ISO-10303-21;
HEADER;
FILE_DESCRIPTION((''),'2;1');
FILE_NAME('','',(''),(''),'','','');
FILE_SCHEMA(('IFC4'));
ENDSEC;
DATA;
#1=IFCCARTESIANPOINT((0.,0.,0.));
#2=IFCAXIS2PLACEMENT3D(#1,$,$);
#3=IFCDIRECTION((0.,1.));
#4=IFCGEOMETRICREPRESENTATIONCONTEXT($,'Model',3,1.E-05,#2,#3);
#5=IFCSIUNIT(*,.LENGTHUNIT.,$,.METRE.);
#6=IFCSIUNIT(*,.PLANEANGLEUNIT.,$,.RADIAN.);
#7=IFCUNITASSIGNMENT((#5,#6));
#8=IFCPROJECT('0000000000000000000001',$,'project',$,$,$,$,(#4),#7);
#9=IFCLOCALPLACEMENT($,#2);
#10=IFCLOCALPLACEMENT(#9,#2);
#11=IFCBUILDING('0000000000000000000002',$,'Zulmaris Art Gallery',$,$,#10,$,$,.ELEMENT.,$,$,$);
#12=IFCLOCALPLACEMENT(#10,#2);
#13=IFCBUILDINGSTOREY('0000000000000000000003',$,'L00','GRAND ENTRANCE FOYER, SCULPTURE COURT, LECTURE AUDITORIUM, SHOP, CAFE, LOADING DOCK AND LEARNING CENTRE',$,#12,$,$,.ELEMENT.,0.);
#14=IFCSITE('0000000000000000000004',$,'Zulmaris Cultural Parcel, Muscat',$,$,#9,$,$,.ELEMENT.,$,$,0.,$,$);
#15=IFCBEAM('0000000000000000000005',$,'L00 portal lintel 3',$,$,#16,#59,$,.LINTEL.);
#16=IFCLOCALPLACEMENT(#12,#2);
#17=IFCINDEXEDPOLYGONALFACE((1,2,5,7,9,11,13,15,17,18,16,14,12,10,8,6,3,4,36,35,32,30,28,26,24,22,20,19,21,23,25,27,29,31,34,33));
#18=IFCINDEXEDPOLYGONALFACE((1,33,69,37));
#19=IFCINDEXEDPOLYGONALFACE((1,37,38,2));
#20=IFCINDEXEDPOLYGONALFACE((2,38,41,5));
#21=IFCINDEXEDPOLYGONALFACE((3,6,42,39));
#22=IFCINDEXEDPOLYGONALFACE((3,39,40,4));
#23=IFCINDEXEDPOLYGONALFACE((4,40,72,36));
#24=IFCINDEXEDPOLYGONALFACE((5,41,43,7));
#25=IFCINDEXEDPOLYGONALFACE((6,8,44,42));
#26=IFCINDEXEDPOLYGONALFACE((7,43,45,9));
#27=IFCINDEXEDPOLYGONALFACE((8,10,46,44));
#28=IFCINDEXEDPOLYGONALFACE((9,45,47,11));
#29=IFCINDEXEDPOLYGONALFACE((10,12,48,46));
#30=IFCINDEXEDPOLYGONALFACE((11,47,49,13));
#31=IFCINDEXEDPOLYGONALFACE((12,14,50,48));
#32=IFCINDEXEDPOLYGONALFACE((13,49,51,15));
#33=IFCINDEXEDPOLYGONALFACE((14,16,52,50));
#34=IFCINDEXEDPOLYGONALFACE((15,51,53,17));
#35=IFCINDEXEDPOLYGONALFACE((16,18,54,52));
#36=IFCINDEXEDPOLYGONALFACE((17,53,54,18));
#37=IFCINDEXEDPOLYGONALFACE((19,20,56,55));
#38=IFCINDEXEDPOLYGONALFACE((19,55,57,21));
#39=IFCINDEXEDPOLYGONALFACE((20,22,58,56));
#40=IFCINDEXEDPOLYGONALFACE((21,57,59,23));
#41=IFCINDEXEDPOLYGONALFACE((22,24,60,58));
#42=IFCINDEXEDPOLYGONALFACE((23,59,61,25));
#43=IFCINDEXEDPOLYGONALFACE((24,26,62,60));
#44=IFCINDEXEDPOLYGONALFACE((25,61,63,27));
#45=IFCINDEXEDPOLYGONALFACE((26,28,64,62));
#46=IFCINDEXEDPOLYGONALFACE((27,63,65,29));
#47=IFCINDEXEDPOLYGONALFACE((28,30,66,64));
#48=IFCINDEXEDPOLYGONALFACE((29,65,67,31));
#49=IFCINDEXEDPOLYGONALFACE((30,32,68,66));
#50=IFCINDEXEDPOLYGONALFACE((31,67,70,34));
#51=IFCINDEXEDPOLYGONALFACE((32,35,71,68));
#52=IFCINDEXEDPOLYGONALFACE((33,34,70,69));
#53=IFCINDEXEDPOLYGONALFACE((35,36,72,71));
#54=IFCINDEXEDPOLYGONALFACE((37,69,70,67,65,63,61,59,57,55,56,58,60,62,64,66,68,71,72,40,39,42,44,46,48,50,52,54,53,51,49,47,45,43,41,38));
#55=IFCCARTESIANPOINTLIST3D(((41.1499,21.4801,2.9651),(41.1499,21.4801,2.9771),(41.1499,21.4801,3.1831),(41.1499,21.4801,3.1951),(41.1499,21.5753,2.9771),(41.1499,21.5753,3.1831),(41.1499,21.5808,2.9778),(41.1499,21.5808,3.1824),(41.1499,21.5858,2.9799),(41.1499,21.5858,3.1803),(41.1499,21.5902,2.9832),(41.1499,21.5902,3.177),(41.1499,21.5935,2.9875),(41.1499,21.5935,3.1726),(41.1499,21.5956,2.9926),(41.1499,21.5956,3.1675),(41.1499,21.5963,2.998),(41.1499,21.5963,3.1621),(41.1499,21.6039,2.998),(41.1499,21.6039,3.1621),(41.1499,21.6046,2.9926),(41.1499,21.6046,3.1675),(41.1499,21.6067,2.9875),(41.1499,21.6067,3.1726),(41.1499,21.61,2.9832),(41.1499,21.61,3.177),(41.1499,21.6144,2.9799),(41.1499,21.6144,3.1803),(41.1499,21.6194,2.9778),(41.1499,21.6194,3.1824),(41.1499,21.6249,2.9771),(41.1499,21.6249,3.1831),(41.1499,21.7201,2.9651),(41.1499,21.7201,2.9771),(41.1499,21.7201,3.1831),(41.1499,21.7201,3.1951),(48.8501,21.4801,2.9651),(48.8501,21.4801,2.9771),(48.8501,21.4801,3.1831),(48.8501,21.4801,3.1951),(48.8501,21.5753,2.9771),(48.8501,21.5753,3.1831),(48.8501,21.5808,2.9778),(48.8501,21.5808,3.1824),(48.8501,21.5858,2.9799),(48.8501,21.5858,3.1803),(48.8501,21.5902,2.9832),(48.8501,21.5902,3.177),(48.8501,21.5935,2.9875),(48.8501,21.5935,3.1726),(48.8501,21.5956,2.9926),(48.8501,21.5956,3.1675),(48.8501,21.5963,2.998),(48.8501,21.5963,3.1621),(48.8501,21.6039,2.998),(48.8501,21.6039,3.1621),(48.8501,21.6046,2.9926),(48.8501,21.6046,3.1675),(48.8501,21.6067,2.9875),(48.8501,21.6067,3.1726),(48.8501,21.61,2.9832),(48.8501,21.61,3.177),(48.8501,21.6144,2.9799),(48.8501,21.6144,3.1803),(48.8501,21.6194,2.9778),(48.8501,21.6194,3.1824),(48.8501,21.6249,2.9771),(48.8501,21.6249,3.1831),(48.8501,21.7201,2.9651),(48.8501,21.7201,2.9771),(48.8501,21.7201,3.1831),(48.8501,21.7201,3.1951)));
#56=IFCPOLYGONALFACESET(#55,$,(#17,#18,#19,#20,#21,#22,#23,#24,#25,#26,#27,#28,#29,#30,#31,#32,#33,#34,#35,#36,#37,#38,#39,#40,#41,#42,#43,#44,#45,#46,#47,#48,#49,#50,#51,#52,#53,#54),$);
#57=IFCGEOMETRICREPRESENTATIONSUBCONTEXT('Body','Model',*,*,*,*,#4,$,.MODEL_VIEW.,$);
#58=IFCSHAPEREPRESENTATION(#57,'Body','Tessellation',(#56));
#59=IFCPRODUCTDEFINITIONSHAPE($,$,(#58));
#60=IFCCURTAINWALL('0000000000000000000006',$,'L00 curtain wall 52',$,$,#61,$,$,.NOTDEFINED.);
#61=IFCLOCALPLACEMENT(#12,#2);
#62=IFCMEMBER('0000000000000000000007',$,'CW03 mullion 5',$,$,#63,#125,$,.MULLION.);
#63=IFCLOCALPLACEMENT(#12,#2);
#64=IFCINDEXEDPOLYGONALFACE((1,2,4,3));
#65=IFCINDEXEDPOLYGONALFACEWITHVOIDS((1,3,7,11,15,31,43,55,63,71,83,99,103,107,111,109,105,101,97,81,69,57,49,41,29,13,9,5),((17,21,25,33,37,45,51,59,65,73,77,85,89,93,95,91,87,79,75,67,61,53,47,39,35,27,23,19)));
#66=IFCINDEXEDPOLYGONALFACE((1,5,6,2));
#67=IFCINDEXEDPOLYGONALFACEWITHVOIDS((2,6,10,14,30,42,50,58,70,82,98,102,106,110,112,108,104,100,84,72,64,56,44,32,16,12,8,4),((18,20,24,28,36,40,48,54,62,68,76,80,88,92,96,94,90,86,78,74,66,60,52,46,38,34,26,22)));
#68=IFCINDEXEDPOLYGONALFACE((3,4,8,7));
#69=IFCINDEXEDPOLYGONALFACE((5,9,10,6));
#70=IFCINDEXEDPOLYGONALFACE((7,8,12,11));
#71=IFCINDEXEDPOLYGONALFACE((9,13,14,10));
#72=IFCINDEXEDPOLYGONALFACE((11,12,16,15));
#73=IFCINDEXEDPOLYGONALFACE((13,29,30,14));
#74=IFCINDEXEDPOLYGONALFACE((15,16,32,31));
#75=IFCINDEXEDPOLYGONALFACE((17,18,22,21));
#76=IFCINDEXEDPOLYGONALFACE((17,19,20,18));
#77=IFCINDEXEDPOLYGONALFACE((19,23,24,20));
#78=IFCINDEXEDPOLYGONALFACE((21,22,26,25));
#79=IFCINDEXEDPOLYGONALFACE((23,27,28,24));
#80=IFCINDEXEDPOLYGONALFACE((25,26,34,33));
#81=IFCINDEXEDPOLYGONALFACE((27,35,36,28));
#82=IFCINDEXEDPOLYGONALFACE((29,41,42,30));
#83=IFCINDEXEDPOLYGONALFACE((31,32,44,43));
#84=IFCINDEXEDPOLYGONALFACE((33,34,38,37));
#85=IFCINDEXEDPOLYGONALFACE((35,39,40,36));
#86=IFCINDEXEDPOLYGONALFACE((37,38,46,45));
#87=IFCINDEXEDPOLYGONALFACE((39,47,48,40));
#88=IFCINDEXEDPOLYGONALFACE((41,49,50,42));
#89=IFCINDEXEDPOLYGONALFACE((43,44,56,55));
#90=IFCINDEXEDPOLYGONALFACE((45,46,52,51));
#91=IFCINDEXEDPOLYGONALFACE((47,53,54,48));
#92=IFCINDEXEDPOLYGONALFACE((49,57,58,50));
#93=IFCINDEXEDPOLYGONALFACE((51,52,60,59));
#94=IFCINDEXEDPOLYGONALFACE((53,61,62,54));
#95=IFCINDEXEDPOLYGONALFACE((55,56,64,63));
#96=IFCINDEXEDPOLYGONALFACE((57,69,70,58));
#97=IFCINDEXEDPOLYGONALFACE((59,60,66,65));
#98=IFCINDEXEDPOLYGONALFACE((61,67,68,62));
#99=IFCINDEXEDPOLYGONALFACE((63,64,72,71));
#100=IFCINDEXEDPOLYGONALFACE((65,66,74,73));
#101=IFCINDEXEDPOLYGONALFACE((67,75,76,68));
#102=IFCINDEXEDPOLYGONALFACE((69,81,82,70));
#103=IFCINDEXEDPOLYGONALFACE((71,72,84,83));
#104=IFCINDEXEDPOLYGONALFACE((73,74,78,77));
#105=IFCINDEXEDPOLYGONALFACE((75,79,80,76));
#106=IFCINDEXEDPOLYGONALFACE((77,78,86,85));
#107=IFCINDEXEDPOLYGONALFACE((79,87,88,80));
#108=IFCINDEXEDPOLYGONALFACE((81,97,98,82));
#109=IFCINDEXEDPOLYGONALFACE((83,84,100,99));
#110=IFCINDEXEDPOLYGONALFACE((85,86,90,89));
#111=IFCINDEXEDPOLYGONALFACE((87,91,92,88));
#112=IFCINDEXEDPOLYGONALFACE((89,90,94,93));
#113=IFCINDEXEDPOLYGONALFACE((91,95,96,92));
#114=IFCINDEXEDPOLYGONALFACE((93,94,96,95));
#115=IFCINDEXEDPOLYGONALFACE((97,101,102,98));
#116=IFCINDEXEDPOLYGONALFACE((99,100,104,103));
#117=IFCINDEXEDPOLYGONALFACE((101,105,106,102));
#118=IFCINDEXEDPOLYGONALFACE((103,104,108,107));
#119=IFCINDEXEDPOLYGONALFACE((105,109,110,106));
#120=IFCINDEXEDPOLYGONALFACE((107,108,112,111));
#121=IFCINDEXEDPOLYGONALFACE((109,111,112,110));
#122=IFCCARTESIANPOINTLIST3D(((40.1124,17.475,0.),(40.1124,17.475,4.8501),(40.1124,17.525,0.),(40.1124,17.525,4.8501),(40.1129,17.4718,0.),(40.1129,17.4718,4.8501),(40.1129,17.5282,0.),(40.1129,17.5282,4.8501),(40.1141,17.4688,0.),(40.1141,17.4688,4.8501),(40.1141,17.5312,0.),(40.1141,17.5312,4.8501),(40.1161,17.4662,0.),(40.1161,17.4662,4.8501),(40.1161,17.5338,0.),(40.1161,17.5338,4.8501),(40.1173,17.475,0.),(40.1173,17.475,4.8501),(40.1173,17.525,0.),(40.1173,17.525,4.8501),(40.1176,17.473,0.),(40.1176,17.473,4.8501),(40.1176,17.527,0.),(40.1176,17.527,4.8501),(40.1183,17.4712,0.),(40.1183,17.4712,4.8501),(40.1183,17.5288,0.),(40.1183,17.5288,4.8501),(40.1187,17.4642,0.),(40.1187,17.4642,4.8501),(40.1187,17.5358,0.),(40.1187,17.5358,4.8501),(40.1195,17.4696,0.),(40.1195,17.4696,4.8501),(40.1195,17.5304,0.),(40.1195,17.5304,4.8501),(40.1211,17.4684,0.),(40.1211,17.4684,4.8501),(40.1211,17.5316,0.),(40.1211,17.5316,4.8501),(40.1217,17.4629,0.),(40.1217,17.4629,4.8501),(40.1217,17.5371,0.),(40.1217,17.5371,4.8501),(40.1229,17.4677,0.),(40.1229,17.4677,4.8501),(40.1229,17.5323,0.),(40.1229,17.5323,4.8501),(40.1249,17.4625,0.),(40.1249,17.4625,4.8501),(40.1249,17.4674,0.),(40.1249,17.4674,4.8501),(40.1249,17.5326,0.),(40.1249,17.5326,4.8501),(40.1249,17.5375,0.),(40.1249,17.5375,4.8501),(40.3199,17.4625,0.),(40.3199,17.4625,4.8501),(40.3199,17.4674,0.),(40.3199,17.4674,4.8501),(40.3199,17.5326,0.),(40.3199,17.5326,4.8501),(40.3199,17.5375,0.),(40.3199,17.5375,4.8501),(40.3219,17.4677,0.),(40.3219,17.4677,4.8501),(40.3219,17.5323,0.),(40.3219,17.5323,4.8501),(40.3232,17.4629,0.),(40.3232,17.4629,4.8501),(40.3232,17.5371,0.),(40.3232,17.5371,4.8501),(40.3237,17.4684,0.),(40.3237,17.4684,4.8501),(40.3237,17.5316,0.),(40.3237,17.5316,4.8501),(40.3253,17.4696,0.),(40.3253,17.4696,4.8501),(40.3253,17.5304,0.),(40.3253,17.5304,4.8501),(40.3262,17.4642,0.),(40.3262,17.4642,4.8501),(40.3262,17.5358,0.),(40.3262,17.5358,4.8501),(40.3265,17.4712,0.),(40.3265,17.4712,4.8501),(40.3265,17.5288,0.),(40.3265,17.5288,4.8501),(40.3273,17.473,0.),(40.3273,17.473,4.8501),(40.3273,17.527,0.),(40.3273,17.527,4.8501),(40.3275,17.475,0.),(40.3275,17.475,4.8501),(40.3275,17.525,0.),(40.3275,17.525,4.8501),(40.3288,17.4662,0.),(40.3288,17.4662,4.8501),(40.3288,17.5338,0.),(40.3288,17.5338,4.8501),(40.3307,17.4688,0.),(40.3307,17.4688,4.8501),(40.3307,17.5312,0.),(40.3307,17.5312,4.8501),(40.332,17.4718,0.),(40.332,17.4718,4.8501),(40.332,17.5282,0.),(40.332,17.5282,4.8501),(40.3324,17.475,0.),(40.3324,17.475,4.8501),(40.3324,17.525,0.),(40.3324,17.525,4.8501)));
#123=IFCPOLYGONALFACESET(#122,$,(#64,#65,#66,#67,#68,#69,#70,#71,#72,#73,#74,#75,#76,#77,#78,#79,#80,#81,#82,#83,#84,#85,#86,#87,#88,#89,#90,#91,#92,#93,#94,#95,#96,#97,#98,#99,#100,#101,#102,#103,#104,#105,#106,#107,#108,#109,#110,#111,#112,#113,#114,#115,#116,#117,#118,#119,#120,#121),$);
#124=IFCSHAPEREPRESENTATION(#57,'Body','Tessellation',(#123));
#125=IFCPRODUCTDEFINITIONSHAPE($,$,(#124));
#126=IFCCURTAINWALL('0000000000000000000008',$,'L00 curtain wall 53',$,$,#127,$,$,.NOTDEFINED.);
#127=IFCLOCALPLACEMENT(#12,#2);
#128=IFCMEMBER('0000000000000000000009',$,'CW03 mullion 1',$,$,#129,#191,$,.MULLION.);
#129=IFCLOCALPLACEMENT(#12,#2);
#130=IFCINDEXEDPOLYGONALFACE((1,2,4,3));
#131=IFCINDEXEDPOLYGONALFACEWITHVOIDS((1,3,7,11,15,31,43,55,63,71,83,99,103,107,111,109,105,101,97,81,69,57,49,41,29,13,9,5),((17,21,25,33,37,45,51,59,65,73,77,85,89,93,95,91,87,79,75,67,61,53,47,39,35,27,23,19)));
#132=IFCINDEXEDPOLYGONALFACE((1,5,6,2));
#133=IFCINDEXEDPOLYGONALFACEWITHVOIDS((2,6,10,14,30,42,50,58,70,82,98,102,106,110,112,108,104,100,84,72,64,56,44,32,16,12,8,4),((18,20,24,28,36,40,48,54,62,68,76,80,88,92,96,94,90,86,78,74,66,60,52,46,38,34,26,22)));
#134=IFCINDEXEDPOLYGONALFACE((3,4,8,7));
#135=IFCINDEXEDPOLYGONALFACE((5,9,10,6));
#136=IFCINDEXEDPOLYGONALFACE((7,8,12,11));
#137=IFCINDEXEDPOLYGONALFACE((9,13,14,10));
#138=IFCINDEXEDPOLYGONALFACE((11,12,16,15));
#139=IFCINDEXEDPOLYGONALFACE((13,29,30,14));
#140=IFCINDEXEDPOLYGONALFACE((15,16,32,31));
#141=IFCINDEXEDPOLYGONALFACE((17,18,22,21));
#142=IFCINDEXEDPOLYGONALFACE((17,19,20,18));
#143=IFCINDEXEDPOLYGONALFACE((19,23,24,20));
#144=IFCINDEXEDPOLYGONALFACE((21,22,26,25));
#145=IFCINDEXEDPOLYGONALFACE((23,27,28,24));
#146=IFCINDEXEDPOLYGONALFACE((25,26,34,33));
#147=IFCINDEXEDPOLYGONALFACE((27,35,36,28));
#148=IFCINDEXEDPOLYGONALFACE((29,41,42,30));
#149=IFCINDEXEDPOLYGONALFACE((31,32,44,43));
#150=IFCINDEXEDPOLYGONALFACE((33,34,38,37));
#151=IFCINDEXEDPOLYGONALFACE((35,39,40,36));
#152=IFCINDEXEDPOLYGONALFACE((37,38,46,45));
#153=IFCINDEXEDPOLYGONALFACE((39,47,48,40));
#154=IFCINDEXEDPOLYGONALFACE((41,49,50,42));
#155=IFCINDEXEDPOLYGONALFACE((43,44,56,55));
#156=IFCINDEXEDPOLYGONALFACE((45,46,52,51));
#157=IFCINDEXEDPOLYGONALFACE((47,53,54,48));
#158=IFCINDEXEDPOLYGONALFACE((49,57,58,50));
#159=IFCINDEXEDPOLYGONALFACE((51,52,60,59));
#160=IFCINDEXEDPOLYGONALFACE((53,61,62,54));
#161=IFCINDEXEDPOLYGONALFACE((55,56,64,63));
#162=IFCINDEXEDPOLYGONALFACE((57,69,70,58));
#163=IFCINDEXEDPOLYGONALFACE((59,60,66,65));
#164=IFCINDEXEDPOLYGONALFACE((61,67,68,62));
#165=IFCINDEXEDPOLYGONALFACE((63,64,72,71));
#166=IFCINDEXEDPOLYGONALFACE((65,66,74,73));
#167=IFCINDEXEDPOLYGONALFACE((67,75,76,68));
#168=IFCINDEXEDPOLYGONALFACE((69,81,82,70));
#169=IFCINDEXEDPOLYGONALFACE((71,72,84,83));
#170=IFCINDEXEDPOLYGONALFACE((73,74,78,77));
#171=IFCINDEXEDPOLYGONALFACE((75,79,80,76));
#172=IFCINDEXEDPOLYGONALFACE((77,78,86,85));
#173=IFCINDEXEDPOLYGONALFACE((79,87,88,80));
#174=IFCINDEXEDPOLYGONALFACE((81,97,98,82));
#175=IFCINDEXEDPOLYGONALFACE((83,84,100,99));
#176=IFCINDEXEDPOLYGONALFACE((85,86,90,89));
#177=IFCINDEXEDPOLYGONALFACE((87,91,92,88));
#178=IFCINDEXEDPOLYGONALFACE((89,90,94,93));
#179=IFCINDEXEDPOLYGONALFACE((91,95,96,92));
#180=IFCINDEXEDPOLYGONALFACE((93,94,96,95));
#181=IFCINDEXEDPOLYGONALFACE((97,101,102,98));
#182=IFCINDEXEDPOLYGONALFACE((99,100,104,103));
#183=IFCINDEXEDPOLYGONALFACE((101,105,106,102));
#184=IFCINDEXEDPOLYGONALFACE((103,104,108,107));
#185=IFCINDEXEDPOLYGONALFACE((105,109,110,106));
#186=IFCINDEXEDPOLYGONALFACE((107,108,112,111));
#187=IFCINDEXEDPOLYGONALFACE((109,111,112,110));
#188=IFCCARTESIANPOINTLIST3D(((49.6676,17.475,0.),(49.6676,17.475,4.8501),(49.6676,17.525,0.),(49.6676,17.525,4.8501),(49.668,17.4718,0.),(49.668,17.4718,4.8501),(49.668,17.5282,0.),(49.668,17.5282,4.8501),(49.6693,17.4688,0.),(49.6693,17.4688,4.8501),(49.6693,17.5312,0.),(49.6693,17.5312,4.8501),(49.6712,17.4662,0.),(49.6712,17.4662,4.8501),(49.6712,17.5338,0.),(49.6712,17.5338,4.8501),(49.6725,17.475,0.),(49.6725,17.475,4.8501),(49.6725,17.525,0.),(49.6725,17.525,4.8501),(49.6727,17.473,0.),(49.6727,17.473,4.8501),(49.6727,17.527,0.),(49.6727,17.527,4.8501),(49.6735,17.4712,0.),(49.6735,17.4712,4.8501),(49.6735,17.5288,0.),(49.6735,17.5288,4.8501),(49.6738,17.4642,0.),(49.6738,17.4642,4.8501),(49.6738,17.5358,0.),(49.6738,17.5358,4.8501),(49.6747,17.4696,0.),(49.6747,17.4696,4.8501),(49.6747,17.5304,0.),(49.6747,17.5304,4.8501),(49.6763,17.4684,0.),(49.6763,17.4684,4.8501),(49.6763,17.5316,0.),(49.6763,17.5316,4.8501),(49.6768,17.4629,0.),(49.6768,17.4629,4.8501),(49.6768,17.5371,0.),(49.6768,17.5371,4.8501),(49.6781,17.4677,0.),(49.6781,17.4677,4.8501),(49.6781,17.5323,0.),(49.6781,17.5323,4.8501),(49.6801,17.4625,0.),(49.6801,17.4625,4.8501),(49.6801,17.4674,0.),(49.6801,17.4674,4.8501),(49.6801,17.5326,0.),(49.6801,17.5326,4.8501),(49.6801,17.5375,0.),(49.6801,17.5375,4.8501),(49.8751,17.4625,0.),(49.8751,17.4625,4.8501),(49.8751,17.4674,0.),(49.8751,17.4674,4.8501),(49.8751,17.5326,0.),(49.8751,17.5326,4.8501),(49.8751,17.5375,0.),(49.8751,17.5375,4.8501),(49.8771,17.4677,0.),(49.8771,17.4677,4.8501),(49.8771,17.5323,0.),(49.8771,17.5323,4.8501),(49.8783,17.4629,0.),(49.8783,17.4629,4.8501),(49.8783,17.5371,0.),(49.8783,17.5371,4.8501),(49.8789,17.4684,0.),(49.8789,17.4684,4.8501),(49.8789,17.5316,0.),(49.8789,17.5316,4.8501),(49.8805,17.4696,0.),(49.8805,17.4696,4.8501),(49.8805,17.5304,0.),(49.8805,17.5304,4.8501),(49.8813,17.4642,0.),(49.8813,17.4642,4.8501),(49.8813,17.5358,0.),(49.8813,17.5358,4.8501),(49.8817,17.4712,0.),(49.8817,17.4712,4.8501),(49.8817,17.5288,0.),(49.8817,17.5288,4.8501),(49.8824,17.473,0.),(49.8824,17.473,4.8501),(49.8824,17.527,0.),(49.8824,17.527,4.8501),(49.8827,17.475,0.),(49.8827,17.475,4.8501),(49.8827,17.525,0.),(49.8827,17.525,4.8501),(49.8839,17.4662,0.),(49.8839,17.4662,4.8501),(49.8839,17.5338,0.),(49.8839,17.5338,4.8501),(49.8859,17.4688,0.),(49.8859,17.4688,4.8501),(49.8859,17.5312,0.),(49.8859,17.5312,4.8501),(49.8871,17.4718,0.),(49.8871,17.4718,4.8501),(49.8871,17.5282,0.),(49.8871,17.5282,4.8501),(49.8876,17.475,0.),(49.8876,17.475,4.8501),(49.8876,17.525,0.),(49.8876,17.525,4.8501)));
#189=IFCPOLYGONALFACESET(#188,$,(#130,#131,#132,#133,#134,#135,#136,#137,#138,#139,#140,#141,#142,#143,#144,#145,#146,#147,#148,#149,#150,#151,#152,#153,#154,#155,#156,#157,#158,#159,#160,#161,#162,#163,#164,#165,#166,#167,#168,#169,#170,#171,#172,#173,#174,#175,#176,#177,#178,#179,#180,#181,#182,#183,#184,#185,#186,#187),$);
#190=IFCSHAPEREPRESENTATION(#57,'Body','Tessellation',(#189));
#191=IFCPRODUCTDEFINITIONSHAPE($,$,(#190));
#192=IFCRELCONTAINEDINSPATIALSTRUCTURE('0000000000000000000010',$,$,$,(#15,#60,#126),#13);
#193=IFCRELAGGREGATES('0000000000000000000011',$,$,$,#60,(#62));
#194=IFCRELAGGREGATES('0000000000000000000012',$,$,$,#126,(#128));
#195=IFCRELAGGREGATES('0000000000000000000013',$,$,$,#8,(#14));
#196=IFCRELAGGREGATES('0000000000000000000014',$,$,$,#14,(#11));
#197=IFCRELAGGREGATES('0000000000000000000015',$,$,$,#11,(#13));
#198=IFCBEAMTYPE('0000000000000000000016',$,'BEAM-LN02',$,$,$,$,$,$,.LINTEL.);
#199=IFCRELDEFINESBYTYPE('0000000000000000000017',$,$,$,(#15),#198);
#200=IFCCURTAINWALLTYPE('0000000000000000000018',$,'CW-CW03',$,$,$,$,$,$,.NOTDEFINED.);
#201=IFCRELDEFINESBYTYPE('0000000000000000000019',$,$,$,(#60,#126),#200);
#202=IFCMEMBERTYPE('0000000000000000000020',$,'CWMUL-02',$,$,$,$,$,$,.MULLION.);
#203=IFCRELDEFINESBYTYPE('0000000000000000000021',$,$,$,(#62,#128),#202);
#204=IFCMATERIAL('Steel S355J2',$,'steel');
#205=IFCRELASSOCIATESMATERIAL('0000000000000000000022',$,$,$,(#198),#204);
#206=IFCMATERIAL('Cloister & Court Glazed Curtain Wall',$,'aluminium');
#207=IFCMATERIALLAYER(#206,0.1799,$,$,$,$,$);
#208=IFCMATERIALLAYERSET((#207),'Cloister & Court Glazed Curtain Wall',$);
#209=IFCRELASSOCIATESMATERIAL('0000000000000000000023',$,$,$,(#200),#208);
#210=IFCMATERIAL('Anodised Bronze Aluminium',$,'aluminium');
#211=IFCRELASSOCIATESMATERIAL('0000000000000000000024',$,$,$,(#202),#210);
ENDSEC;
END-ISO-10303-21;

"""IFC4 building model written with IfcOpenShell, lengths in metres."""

from ifc_helpers import new_model, si_unit, direction, frame, origin, origin_2d, place, context, subcontext, project, spatial, hollow_rectangle, i_section, extrude, material, layer, layer_set, material_profile, profile_set, type_object, element, aggregate, save


model = new_model("IFC4")

# Units and contexts
model_context = context("Model", 3, precision=1e-05, world=origin(), true_north=direction((0.0, 1.0)))
body_context = subcontext(model_context, "Body", "Model", "MODEL_VIEW")
ifc_project = project(units=[si_unit("LENGTHUNIT", "METRE"), si_unit("PLANEANGLEUNIT", "RADIAN")], contexts=[model_context])

# Site, building, storey
site_placement = place(None, origin())
site = spatial("IfcSite", under=ifc_project, at=site_placement, Name="Zulmaris Cultural Parcel, Muscat", CompositionType="ELEMENT", RefElevation=0.0)
building_placement = place(site_placement, origin())
building = spatial("IfcBuilding", under=site, at=building_placement, Name="Zulmaris Art Gallery", CompositionType="ELEMENT")
storey_placement = place(building_placement, origin())
storey = spatial("IfcBuildingStorey", under=building, at=storey_placement, Name="L00", Description="GRAND ENTRANCE FOYER, SCULPTURE COURT, LECTURE AUDITORIUM, SHOP, CAFE, LOADING DOCK AND LEARNING CENTRE", CompositionType="ELEMENT", Elevation=0.0)

# Beam
ifc_material_1 = material(Name="Steel S355J2", Category="steel")
ifc_material_profile_1 = material_profile(ifc_material_1, i_section(OverallWidth=0.24, OverallDepth=0.23, WebThickness=0.0076, FlangeThickness=0.012, FilletRadius=0.021, at=origin_2d()), Name="HEA 240")
ifc_profile_set_1 = profile_set([ifc_material_profile_1], Name="Steel S355J2")
beam_type = type_object("IfcBeamType", Name="BEAM-LN02", PredefinedType="LINTEL", material=ifc_profile_set_1)
beam_placement = place(storey_placement, frame((41.1499, 21.6001, 3.0801), z_axis=(1.0, 0.0, 0.0), x_axis=(0.0, 1.0, 0.0)))
element("IfcBeam", 1, at=beam_placement, inside=storey, type_object=beam_type, Name="L00 portal lintel 3", PredefinedType="LINTEL", context=body_context, shape_type="SweptSolid", body=[
    extrude(i_section(OverallWidth=0.24, OverallDepth=0.23, WebThickness=0.0076, FlangeThickness=0.012, FilletRadius=0.021, at=origin_2d()), origin(), (0.0, 0.0, 1.0), 7.7002),
])

# Curtain wall, member
ifc_material_2 = material(Name="Cloister & Court Glazed Curtain Wall", Category="aluminium")
ifc_layer_1 = layer(ifc_material_2, 0.1799)
ifc_layer_set_1 = layer_set([ifc_layer_1], Name="Cloister & Court Glazed Curtain Wall")
curtain_wall_type = type_object("IfcCurtainWallType", Name="CW-CW03", PredefinedType="NOTDEFINED", material=ifc_layer_set_1)
curtain_wall_1_placement = place(storey_placement, origin())
curtain_wall_1 = element("IfcCurtainWall", 2, at=curtain_wall_1_placement, inside=storey, type_object=curtain_wall_type, Name="L00 curtain wall 52", PredefinedType="NOTDEFINED")
ifc_material_3 = material(Name="Anodised Bronze Aluminium", Category="aluminium")
ifc_material_profile_2 = material_profile(ifc_material_3, hollow_rectangle(XDim=0.075, YDim=0.22, WallThickness=0.0049, InnerFilletRadius=0.0076, OuterFilletRadius=0.0125, at=origin_2d()), Name="ALU 75x220x5")
ifc_profile_set_2 = profile_set([ifc_material_profile_2], Name="Anodised Bronze Aluminium")
member_type_1 = type_object("IfcMemberType", Name="CWMUL-02", PredefinedType="MULLION", material=ifc_profile_set_2)
member_1_placement = place(storey_placement, frame((40.2224, 17.5, 0.0), z_axis=(0.0, 0.0, 1.0), x_axis=(0.0, 1.0, 0.0)))
member_1 = element("IfcMember", 3, at=member_1_placement, type_object=member_type_1, Name="CW03 mullion 5", PredefinedType="MULLION", context=body_context, shape_type="SweptSolid", body=[
    extrude(hollow_rectangle(XDim=0.075, YDim=0.22, WallThickness=0.0049, InnerFilletRadius=0.0076, OuterFilletRadius=0.0125, at=origin_2d()), origin(), (0.0, 0.0, 1.0), 4.8501),
])

# Curtain wall, member
curtain_wall_2_placement = place(storey_placement, origin())
curtain_wall_2 = element("IfcCurtainWall", 4, at=curtain_wall_2_placement, inside=storey, type_object=curtain_wall_type, Name="L00 curtain wall 53", PredefinedType="NOTDEFINED")
member_2_placement = place(storey_placement, frame((49.7776, 17.5, 0.0), z_axis=(0.0, 0.0, 1.0), x_axis=(0.0, 1.0, 0.0)))
member_2 = element("IfcMember", 5, at=member_2_placement, type_object=member_type_1, Name="CW03 mullion 1", PredefinedType="MULLION", context=body_context, shape_type="SweptSolid", body=[
    extrude(hollow_rectangle(XDim=0.075, YDim=0.22, WallThickness=0.0049, InnerFilletRadius=0.0076, OuterFilletRadius=0.0125, at=origin_2d()), origin(), (0.0, 0.0, 1.0), 4.8501),
])

aggregate(curtain_wall_1, [member_1])
aggregate(curtain_wall_2, [member_2])

save(model, "model.ifc")
